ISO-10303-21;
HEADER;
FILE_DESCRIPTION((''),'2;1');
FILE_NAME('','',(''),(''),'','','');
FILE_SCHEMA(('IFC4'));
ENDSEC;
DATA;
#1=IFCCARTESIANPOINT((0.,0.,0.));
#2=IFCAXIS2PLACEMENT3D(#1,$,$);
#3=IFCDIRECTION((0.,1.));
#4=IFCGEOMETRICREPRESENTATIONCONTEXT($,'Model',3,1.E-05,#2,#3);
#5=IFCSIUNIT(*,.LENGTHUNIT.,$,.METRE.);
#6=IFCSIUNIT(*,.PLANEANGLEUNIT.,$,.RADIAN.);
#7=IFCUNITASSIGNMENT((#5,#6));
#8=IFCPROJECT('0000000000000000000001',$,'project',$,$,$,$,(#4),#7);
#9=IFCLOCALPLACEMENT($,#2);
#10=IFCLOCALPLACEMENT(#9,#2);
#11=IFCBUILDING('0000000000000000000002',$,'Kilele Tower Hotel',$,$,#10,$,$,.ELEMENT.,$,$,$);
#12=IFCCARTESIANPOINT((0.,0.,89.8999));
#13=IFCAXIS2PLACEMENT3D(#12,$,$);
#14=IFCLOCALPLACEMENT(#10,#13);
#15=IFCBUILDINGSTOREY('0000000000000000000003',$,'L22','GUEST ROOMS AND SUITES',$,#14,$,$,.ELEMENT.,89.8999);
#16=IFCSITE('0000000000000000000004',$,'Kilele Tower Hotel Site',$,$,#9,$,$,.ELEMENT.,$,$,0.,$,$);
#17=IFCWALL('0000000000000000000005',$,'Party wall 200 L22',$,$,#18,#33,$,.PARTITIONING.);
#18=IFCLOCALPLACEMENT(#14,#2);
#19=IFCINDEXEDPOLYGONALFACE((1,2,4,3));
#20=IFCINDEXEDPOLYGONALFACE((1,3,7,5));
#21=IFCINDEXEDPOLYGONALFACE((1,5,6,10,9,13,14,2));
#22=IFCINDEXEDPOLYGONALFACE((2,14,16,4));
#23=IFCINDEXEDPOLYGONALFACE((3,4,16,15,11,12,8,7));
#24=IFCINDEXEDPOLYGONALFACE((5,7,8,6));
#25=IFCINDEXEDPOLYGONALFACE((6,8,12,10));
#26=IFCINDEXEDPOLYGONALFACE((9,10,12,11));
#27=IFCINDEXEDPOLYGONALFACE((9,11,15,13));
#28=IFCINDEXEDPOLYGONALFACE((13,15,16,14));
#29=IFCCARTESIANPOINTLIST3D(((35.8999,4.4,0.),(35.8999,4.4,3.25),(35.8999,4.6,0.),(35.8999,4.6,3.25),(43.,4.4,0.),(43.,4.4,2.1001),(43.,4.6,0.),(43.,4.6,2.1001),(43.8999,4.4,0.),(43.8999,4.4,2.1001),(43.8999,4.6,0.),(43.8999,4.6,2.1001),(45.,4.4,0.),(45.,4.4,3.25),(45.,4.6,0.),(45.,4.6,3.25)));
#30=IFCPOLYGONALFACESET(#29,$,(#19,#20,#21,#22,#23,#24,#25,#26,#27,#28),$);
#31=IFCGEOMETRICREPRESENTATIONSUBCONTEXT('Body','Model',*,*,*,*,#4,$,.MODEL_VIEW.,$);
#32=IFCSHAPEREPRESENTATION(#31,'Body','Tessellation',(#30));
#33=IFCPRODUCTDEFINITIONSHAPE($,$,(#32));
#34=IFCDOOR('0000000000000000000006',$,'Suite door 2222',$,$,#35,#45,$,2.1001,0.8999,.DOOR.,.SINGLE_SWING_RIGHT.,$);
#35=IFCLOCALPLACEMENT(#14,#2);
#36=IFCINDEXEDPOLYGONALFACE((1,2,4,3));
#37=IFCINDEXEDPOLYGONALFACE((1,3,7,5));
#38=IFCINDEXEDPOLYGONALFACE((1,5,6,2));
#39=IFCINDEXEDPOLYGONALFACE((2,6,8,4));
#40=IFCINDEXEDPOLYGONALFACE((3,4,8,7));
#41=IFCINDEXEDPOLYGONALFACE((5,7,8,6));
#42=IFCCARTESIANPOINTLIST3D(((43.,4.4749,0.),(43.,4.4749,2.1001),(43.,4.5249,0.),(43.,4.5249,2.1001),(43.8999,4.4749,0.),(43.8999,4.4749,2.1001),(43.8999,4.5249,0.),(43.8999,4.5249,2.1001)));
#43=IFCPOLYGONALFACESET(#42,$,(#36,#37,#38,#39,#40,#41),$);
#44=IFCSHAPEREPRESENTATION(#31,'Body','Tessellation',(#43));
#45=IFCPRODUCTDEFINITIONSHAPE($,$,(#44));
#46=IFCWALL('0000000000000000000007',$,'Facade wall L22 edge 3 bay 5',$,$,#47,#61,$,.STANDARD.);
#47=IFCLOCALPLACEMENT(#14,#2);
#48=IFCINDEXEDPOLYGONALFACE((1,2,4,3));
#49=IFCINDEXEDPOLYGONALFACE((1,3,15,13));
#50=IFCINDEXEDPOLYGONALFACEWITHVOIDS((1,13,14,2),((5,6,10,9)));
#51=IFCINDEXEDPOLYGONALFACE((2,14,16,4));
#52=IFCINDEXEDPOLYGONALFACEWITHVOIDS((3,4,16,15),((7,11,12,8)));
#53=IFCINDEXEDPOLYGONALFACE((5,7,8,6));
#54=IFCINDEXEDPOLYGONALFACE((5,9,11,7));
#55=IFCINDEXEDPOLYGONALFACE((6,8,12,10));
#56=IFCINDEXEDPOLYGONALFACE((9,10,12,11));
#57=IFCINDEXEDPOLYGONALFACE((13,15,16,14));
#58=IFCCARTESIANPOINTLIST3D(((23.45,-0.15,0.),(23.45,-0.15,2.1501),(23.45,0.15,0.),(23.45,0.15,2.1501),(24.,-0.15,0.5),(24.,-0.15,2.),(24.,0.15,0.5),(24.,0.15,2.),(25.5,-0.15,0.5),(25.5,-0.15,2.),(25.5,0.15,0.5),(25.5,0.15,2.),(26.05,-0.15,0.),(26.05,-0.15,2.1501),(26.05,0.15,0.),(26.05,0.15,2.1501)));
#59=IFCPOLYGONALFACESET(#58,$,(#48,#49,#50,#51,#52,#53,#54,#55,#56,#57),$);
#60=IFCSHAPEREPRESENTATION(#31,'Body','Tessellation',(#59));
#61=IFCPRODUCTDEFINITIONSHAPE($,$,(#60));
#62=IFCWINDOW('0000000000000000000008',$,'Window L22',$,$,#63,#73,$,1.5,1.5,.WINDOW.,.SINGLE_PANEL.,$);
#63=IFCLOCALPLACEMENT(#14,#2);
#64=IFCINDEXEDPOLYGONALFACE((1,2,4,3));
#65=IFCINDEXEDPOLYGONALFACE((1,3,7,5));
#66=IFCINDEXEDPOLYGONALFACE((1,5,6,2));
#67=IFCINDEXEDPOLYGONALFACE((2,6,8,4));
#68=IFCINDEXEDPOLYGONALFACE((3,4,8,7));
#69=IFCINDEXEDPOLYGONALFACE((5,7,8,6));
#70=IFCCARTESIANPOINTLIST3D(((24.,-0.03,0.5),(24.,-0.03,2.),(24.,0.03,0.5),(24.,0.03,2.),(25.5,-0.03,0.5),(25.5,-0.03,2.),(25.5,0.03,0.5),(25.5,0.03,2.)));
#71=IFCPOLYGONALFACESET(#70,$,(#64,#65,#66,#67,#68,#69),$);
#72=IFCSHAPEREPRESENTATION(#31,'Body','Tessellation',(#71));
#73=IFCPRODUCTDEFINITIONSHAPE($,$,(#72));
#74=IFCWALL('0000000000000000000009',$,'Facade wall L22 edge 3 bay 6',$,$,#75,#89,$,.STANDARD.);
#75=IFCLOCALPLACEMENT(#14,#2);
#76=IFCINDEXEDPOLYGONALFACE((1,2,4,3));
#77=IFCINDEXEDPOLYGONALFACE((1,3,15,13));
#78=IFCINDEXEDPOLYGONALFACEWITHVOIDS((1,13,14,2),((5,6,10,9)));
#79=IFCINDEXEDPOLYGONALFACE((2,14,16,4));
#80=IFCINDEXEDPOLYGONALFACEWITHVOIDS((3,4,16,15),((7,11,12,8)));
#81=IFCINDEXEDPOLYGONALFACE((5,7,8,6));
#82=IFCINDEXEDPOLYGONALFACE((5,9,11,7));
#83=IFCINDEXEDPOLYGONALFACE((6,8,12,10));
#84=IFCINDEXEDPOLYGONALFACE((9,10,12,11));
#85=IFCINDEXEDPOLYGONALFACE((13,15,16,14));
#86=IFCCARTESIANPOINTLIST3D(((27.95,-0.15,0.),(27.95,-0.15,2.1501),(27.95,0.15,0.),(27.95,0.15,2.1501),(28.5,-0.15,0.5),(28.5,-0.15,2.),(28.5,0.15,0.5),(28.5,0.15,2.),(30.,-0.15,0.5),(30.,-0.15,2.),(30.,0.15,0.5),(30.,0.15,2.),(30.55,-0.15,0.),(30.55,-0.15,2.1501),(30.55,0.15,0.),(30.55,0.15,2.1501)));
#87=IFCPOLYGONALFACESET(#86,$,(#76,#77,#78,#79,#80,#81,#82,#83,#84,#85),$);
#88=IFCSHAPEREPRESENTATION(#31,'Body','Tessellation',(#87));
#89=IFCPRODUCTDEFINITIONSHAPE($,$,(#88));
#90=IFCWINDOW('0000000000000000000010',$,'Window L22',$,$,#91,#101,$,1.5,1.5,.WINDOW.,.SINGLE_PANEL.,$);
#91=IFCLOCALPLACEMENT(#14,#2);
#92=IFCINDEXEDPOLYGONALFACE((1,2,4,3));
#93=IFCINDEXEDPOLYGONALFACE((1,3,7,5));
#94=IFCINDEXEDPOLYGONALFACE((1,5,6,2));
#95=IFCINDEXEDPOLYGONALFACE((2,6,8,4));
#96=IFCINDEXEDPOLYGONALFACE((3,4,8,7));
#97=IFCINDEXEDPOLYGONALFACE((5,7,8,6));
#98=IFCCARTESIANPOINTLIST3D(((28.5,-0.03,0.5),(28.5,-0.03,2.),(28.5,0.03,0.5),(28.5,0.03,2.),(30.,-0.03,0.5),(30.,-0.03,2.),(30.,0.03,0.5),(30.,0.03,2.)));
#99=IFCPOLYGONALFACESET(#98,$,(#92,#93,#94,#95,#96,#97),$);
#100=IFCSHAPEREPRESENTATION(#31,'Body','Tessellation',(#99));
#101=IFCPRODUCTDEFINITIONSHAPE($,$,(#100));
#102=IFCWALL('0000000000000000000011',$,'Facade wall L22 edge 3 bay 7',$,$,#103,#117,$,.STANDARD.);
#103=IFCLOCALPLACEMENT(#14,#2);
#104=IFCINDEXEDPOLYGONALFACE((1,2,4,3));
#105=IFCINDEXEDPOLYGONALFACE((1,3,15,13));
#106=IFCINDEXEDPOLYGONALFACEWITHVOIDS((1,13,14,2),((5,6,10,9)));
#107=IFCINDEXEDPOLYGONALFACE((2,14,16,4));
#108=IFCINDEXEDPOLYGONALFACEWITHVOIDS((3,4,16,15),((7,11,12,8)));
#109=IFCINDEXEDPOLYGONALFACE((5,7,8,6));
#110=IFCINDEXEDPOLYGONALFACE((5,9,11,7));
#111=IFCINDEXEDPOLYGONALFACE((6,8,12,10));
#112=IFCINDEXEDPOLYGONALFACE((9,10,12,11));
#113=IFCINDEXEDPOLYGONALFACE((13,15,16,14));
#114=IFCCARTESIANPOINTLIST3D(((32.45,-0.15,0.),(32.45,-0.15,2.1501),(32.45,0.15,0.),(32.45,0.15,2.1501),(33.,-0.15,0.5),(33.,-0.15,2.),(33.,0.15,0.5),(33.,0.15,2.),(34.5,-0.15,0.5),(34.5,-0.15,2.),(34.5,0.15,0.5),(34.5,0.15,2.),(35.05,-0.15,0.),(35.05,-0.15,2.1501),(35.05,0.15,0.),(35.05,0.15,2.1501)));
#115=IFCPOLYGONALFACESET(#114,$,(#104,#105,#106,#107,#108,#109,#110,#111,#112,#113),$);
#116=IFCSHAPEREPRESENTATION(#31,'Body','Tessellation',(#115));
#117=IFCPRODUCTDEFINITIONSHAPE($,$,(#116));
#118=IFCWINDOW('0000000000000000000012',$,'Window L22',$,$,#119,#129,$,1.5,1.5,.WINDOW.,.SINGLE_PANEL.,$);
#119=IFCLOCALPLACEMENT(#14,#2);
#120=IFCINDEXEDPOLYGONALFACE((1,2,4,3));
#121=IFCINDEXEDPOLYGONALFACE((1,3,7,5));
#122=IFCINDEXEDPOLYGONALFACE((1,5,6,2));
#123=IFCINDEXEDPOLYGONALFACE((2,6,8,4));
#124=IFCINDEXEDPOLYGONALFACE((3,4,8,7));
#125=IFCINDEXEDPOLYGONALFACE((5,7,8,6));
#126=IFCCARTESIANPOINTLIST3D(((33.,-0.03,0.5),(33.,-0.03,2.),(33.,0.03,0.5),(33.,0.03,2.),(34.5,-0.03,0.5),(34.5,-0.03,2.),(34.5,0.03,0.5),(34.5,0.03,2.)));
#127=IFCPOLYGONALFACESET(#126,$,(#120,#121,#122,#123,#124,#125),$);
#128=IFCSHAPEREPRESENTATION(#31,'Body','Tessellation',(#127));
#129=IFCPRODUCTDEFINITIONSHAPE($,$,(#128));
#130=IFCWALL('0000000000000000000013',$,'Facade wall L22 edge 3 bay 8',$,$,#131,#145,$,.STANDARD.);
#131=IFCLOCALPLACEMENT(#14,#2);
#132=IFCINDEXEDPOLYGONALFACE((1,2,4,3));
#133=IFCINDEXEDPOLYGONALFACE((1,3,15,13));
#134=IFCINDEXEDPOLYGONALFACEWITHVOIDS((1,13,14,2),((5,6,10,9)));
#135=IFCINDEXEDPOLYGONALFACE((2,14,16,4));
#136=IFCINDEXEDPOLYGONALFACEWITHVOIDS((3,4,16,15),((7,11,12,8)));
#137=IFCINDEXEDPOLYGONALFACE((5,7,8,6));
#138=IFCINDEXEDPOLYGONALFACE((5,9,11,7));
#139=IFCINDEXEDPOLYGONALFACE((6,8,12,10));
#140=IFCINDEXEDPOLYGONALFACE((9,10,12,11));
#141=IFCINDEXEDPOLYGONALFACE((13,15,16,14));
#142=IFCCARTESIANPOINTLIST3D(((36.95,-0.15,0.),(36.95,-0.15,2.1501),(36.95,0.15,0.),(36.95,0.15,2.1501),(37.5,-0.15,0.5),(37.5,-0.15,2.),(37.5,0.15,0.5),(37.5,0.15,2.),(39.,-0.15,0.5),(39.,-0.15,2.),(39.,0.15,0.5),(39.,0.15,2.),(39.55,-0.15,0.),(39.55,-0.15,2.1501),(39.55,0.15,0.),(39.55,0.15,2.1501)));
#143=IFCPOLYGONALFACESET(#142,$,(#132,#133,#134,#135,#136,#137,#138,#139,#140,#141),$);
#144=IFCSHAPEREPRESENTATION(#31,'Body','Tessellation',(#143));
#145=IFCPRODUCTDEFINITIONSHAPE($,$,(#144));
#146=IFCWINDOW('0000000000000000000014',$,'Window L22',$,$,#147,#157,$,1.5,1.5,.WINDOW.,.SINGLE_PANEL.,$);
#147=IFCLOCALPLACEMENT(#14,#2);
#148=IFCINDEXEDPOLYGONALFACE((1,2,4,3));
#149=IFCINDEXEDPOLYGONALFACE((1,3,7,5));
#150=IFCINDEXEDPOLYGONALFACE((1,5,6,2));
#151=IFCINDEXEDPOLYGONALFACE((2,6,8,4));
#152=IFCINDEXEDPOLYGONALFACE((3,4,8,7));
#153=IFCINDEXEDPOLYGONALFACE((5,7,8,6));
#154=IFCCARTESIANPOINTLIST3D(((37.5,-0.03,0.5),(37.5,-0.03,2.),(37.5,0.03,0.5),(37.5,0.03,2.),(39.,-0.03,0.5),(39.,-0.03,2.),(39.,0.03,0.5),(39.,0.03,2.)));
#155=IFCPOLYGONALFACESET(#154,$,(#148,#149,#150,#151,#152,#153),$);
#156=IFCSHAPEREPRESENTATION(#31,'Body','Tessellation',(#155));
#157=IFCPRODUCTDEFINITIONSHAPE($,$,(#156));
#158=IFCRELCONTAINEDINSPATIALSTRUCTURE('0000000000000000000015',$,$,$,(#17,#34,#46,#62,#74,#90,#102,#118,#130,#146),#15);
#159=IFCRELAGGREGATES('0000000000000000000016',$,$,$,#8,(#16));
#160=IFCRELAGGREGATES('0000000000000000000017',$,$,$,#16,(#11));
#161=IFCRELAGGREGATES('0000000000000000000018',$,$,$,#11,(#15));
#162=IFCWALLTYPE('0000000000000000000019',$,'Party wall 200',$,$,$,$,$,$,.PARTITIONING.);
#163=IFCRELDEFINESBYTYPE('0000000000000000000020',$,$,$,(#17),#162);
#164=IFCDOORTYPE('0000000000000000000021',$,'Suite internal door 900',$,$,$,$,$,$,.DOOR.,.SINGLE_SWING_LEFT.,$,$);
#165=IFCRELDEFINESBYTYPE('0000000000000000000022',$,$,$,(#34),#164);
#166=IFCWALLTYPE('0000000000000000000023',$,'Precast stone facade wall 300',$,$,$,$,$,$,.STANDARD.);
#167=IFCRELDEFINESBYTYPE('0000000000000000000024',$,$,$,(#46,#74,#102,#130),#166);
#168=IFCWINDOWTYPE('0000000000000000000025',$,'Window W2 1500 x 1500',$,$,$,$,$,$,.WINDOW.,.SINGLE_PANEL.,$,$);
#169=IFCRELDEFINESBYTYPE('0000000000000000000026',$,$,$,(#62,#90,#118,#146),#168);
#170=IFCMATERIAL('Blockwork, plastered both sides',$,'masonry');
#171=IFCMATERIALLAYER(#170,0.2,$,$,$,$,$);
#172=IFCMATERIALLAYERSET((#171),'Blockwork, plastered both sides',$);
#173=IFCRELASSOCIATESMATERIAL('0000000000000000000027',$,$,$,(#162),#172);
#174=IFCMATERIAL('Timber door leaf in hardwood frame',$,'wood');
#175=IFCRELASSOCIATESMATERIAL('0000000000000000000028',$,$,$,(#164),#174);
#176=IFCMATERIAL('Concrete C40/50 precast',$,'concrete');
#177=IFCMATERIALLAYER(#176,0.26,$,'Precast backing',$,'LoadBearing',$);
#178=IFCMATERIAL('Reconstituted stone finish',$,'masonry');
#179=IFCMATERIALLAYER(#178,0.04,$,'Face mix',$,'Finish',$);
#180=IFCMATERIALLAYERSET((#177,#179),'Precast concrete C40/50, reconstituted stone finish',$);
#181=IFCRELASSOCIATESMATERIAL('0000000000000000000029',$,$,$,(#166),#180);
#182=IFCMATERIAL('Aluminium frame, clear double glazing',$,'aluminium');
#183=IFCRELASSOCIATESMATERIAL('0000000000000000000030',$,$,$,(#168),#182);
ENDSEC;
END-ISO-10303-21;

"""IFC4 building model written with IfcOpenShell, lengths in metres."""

from ifc_helpers import new_model, si_unit, direction, frame, frame_2d, origin, place, context, subcontext, project, spatial, rectangle, extrude, material, layer, layer_set, type_object, element, fill, save


model = new_model("IFC4")

# Units and contexts
model_context = context("Model", 3, precision=1e-05, world=origin(), true_north=direction((0.0, 1.0)))
body_context = subcontext(model_context, "Body", "Model", "MODEL_VIEW")
ifc_project = project(units=[si_unit("LENGTHUNIT", "METRE"), si_unit("PLANEANGLEUNIT", "RADIAN")], contexts=[model_context])

# Site, building, storey
site_placement = place(None, origin())
site = spatial("IfcSite", under=ifc_project, at=site_placement, Name="Kilele Tower Hotel Site", CompositionType="ELEMENT", RefElevation=0.0)
building_placement = place(site_placement, origin())
building = spatial("IfcBuilding", under=site, at=building_placement, Name="Kilele Tower Hotel", CompositionType="ELEMENT")
storey_placement = place(building_placement, frame((0.0, 0.0, 89.8999)))
storey = spatial("IfcBuildingStorey", under=building, at=storey_placement, Name="L22", Description="GUEST ROOMS AND SUITES", CompositionType="ELEMENT", Elevation=89.8999)

# Wall, opening, door
ifc_material_1 = material(Name="Blockwork, plastered both sides", Category="masonry")
ifc_layer_1 = layer(ifc_material_1, 0.2)
ifc_layer_set_1 = layer_set([ifc_layer_1], Name="Blockwork, plastered both sides")
wall_type_1 = type_object("IfcWallType", Name="Party wall 200", PredefinedType="PARTITIONING", material=ifc_layer_set_1)
wall_1_placement = place(storey_placement, frame((35.8999, 4.5, 0.0), z_axis=(0.0, 0.0, 1.0), x_axis=(1.0, 0.0, 0.0)))
wall_1 = element("IfcWall", 1, at=wall_1_placement, inside=storey, type_object=wall_type_1, Name="Party wall 200 L22", PredefinedType="PARTITIONING", context=body_context, shape_type="SweptSolid", body=[
    extrude(rectangle(XDim=9.1001, YDim=0.2, at=frame_2d((4.55, 0.0))), origin(), (0.0, 0.0, 1.0), 3.25),
])
opening_1_placement = place(wall_1_placement, frame((7.1001, 0.0, 0.0)))
opening_1 = element("IfcOpeningElement", 2, at=opening_1_placement, cuts=wall_1, PredefinedType="OPENING", context=body_context, shape_type="SweptSolid", body=[
    extrude(rectangle(XDim=0.8999, YDim=2.1001, at=frame_2d((0.45, 1.05))), frame((0.0, 0.1099, 0.0), z_axis=(0.0, -1.0, 0.0), x_axis=(1.0, 0.0, 0.0)), (0.0, 0.0, 1.0), 0.22),
])
ifc_material_2 = material(Name="Timber door leaf in hardwood frame", Category="wood")
door_type_1 = type_object("IfcDoorType", Name="Suite internal door 900", OperationType="SINGLE_SWING_LEFT", PredefinedType="DOOR", material=ifc_material_2)
door_1_placement = place(opening_1_placement, origin())
door_1 = element("IfcDoor", 3, at=door_1_placement, inside=storey, type_object=door_type_1, Name="Suite door 2222", OperationType="SINGLE_SWING_RIGHT", OverallHeight=2.1001, OverallWidth=0.8999, PredefinedType="DOOR", context=body_context, shape_type="SweptSolid", body=[
    extrude(rectangle(XDim=0.8999, YDim=2.1001, at=frame_2d((0.45, 1.05))), frame((0.0, 0.0249, 0.0), z_axis=(0.0, -1.0, 0.0), x_axis=(1.0, 0.0, 0.0)), (0.0, 0.0, 1.0), 0.05),
])
fill(opening_1, door_1)

# Walls, openings, windows
ifc_material_3 = material(Name="Concrete C40/50 precast", Category="concrete")
ifc_layer_2 = layer(ifc_material_3, 0.26, Name="Precast backing", Category="LoadBearing")
ifc_material_4 = material(Name="Reconstituted stone finish", Category="masonry")
ifc_layer_3 = layer(ifc_material_4, 0.04, Name="Face mix", Category="Finish")
ifc_layer_set_2 = layer_set([ifc_layer_2, ifc_layer_3], Name="Precast concrete C40/50, reconstituted stone finish")
wall_type_2 = type_object("IfcWallType", Name="Precast stone facade wall 300", PredefinedType="STANDARD", material=ifc_layer_set_2)
wall_2_placement = place(storey_placement, frame((23.45, 0.0, 0.0), z_axis=(0.0, 0.0, 1.0), x_axis=(1.0, 0.0, 0.0)))
wall_2 = element("IfcWall", 4, at=wall_2_placement, inside=storey, type_object=wall_type_2, Name="Facade wall L22 edge 3 bay 5", PredefinedType="STANDARD", context=body_context, shape_type="SweptSolid", body=[
    extrude(rectangle(XDim=2.6001, YDim=0.3, at=frame_2d((1.3, 0.0))), origin(), (0.0, 0.0, 1.0), 2.1501),
])
opening_2_placement = place(wall_2_placement, frame((0.55, 0.0, 0.5)))
opening_2 = element("IfcOpeningElement", 5, at=opening_2_placement, cuts=wall_2, PredefinedType="OPENING", context=body_context, shape_type="SweptSolid", body=[
    extrude(rectangle(XDim=1.5, YDim=1.5, at=frame_2d((0.75, 0.75))), frame((0.0, 0.1599, 0.0), z_axis=(0.0, -1.0, 0.0), x_axis=(1.0, 0.0, 0.0)), (0.0, 0.0, 1.0), 0.3201),
])
ifc_material_5 = material(Name="Aluminium frame, clear double glazing", Category="aluminium")
window_type = type_object("IfcWindowType", Name="Window W2 1500 x 1500", PartitioningType="SINGLE_PANEL", PredefinedType="WINDOW", material=ifc_material_5)
window_1_placement = place(opening_2_placement, origin())
window_1 = element("IfcWindow", 6, at=window_1_placement, inside=storey, type_object=window_type, Name="Window L22", OverallHeight=1.5, OverallWidth=1.5, PartitioningType="SINGLE_PANEL", PredefinedType="WINDOW", context=body_context, shape_type="SweptSolid", body=[
    extrude(rectangle(XDim=1.5, YDim=1.5, at=frame_2d((0.75, 0.75))), frame((0.0, 0.03, 0.0), z_axis=(0.0, -1.0, 0.0), x_axis=(1.0, 0.0, 0.0)), (0.0, 0.0, 1.0), 0.0601),
])
fill(opening_2, window_1)
wall_3_placement = place(storey_placement, frame((27.95, 0.0, 0.0), z_axis=(0.0, 0.0, 1.0), x_axis=(1.0, 0.0, 0.0)))
wall_3 = element("IfcWall", 7, at=wall_3_placement, inside=storey, type_object=wall_type_2, Name="Facade wall L22 edge 3 bay 6", PredefinedType="STANDARD", context=body_context, shape_type="SweptSolid", body=[
    extrude(rectangle(XDim=2.6001, YDim=0.3, at=frame_2d((1.3, 0.0))), origin(), (0.0, 0.0, 1.0), 2.1501),
])
opening_3_placement = place(wall_3_placement, frame((0.55, 0.0, 0.5)))
opening_3 = element("IfcOpeningElement", 8, at=opening_3_placement, cuts=wall_3, PredefinedType="OPENING", context=body_context, shape_type="SweptSolid", body=[
    extrude(rectangle(XDim=1.5, YDim=1.5, at=frame_2d((0.75, 0.75))), frame((0.0, 0.1599, 0.0), z_axis=(0.0, -1.0, 0.0), x_axis=(1.0, 0.0, 0.0)), (0.0, 0.0, 1.0), 0.3201),
])
window_2_placement = place(opening_3_placement, origin())
window_2 = element("IfcWindow", 9, at=window_2_placement, inside=storey, type_object=window_type, Name="Window L22", OverallHeight=1.5, OverallWidth=1.5, PartitioningType="SINGLE_PANEL", PredefinedType="WINDOW", context=body_context, shape_type="SweptSolid", body=[
    extrude(rectangle(XDim=1.5, YDim=1.5, at=frame_2d((0.75, 0.75))), frame((0.0, 0.03, 0.0), z_axis=(0.0, -1.0, 0.0), x_axis=(1.0, 0.0, 0.0)), (0.0, 0.0, 1.0), 0.0601),
])
fill(opening_3, window_2)
wall_4_placement = place(storey_placement, frame((32.45, 0.0, 0.0), z_axis=(0.0, 0.0, 1.0), x_axis=(1.0, 0.0, 0.0)))
wall_4 = element("IfcWall", 10, at=wall_4_placement, inside=storey, type_object=wall_type_2, Name="Facade wall L22 edge 3 bay 7", PredefinedType="STANDARD", context=body_context, shape_type="SweptSolid", body=[
    extrude(rectangle(XDim=2.6001, YDim=0.3, at=frame_2d((1.3, 0.0))), origin(), (0.0, 0.0, 1.0), 2.1501),
])
opening_4_placement = place(wall_4_placement, frame((0.55, 0.0, 0.5)))
opening_4 = element("IfcOpeningElement", 11, at=opening_4_placement, cuts=wall_4, PredefinedType="OPENING", context=body_context, shape_type="SweptSolid", body=[
    extrude(rectangle(XDim=1.5, YDim=1.5, at=frame_2d((0.75, 0.75))), frame((0.0, 0.1599, 0.0), z_axis=(0.0, -1.0, 0.0), x_axis=(1.0, 0.0, 0.0)), (0.0, 0.0, 1.0), 0.3201),
])
window_3_placement = place(opening_4_placement, origin())
window_3 = element("IfcWindow", 12, at=window_3_placement, inside=storey, type_object=window_type, Name="Window L22", OverallHeight=1.5, OverallWidth=1.5, PartitioningType="SINGLE_PANEL", PredefinedType="WINDOW", context=body_context, shape_type="SweptSolid", body=[
    extrude(rectangle(XDim=1.5, YDim=1.5, at=frame_2d((0.75, 0.75))), frame((0.0, 0.03, 0.0), z_axis=(0.0, -1.0, 0.0), x_axis=(1.0, 0.0, 0.0)), (0.0, 0.0, 1.0), 0.0601),
])
fill(opening_4, window_3)
wall_5_placement = place(storey_placement, frame((36.95, 0.0, 0.0), z_axis=(0.0, 0.0, 1.0), x_axis=(1.0, 0.0, 0.0)))
wall_5 = element("IfcWall", 13, at=wall_5_placement, inside=storey, type_object=wall_type_2, Name="Facade wall L22 edge 3 bay 8", PredefinedType="STANDARD", context=body_context, shape_type="SweptSolid", body=[
    extrude(rectangle(XDim=2.6001, YDim=0.3, at=frame_2d((1.3, 0.0))), origin(), (0.0, 0.0, 1.0), 2.1501),
])
opening_5_placement = place(wall_5_placement, frame((0.55, 0.0, 0.5)))
opening_5 = element("IfcOpeningElement", 14, at=opening_5_placement, cuts=wall_5, PredefinedType="OPENING", context=body_context, shape_type="SweptSolid", body=[
    extrude(rectangle(XDim=1.5, YDim=1.5, at=frame_2d((0.75, 0.75))), frame((0.0, 0.1599, 0.0), z_axis=(0.0, -1.0, 0.0), x_axis=(1.0, 0.0, 0.0)), (0.0, 0.0, 1.0), 0.3201),
])
window_4_placement = place(opening_5_placement, origin())
window_4 = element("IfcWindow", 15, at=window_4_placement, inside=storey, type_object=window_type, Name="Window L22", OverallHeight=1.5, OverallWidth=1.5, PartitioningType="SINGLE_PANEL", PredefinedType="WINDOW", context=body_context, shape_type="SweptSolid", body=[
    extrude(rectangle(XDim=1.5, YDim=1.5, at=frame_2d((0.75, 0.75))), frame((0.0, 0.03, 0.0), z_axis=(0.0, -1.0, 0.0), x_axis=(1.0, 0.0, 0.0)), (0.0, 0.0, 1.0), 0.0601),
])
fill(opening_5, window_4)

save(model, "model.ifc")
